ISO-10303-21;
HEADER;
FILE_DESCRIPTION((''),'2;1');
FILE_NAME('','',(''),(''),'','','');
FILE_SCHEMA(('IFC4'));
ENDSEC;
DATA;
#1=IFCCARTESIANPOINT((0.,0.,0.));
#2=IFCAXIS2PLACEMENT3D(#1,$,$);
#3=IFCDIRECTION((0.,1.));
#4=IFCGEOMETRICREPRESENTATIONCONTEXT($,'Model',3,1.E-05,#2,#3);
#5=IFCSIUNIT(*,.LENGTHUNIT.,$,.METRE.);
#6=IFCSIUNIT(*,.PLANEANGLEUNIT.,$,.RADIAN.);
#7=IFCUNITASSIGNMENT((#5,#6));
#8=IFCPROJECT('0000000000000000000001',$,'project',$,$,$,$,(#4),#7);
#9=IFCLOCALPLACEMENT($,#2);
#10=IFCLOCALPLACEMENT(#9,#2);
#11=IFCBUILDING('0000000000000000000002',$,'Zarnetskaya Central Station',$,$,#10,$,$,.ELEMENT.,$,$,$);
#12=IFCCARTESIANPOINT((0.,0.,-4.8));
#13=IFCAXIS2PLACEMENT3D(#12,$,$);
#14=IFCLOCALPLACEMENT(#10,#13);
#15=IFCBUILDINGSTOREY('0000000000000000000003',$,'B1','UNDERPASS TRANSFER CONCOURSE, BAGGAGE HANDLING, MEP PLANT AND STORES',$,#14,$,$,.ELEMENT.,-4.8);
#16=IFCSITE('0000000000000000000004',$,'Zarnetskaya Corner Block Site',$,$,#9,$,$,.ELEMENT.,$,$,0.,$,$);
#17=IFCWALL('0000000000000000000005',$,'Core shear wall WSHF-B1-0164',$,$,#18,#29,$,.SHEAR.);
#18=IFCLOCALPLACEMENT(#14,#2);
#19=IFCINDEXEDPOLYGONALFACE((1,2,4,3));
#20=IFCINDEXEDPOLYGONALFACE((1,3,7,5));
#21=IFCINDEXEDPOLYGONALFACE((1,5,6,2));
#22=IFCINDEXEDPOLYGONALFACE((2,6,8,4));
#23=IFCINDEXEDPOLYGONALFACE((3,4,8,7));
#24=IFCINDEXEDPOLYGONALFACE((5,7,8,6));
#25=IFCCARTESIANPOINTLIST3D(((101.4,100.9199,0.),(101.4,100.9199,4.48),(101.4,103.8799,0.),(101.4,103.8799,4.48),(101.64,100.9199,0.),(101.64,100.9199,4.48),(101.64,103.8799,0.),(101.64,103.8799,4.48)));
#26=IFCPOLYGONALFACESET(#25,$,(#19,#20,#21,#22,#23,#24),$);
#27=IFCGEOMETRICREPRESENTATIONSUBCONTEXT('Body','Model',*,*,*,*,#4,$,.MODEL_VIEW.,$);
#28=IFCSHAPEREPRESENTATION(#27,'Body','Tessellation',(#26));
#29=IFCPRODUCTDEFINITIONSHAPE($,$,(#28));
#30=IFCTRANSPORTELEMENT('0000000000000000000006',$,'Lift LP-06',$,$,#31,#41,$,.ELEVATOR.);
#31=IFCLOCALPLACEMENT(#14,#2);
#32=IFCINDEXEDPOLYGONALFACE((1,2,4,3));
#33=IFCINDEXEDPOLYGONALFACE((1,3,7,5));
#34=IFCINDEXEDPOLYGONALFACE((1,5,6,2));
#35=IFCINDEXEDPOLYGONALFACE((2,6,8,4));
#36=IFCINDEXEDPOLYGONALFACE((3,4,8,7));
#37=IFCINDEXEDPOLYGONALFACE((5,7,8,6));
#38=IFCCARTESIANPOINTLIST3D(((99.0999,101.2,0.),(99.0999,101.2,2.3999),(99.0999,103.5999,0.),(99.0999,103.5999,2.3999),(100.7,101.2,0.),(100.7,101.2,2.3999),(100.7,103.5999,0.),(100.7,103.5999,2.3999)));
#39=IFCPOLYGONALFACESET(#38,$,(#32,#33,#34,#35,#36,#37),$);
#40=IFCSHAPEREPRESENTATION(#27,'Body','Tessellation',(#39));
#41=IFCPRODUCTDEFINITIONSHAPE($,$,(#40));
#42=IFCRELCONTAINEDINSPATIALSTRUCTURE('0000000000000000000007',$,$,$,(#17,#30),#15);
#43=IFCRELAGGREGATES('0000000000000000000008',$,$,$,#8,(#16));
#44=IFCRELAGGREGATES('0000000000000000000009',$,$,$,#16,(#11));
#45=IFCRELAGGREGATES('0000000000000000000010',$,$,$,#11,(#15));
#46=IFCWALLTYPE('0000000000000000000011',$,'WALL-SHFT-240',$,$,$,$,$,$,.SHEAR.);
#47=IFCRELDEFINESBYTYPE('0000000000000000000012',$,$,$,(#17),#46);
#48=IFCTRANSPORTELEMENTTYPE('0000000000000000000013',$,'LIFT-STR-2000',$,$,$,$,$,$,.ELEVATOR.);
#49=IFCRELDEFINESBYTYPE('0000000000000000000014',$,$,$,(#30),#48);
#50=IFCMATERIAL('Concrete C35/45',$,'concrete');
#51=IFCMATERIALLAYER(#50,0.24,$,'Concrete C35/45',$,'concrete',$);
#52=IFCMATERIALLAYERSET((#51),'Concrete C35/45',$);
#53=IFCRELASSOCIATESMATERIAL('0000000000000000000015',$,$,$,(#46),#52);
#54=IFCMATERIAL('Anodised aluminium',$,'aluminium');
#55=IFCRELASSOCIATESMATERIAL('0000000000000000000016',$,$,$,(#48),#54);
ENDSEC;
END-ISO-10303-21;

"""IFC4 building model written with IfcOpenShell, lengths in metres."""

from ifc_helpers import new_model, si_unit, direction, frame, frame_2d, origin, origin_2d, place, context, subcontext, project, spatial, rectangle, extrude, material, layer, layer_set, type_object, element, save


model = new_model("IFC4")

# Units and contexts
model_context = context("Model", 3, precision=1e-05, world=origin(), true_north=direction((0.0, 1.0)))
body_context = subcontext(model_context, "Body", "Model", "MODEL_VIEW")
ifc_project = project(units=[si_unit("LENGTHUNIT", "METRE"), si_unit("PLANEANGLEUNIT", "RADIAN")], contexts=[model_context])

# Site, building, storey
site_placement = place(None, origin())
site = spatial("IfcSite", under=ifc_project, at=site_placement, Name="Zarnetskaya Corner Block Site", CompositionType="ELEMENT", RefElevation=0.0)
building_placement = place(site_placement, origin())
building = spatial("IfcBuilding", under=site, at=building_placement, Name="Zarnetskaya Central Station", CompositionType="ELEMENT")
storey_placement = place(building_placement, frame((0.0, 0.0, -4.8)))
storey = spatial("IfcBuildingStorey", under=building, at=storey_placement, Name="B1", Description="UNDERPASS TRANSFER CONCOURSE, BAGGAGE HANDLING, MEP PLANT AND STORES", CompositionType="ELEMENT", Elevation=-4.8)

# Shared definitions
ifc_material_1 = material(Name="Concrete C35/45", Category="concrete")

# Shared definitions
ifc_layer = layer(ifc_material_1, 0.24, Name="Concrete C35/45", Category="concrete")
ifc_layer_set = layer_set([ifc_layer], Name="Concrete C35/45")
wall_type = type_object("IfcWallType", Name="WALL-SHFT-240", PredefinedType="SHEAR", material=ifc_layer_set)

# Shared definitions
ifc_material_2 = material(Name="Anodised aluminium", Category="aluminium")

# Wall
wall_1_placement = place(storey_placement, frame((101.52, 103.8799, 0.0), z_axis=(0.0, 0.0, 1.0), x_axis=(0.0, -1.0, 0.0)))
element("IfcWall", 1, at=wall_1_placement, inside=storey, type_object=wall_type, Name="Core shear wall WSHF-B1-0164", PredefinedType="SHEAR", context=body_context, shape_type="SweptSolid", body=[
    extrude(rectangle(XDim=2.96, YDim=0.24, at=frame_2d((1.48, 0.0))), origin(), (0.0, 0.0, 1.0), 4.48),
])

# Transport element
transport_element_type = type_object("IfcTransportElementType", Name="LIFT-STR-2000", PredefinedType="ELEVATOR", material=ifc_material_2)
transport_element_placement = place(storey_placement, frame((99.8999, 102.3999, 0.0), z_axis=(0.0, 0.0, 1.0), x_axis=(1.0, 0.0, 0.0)))
element("IfcTransportElement", 2, at=transport_element_placement, inside=storey, type_object=transport_element_type, Name="Lift LP-06", PredefinedType="ELEVATOR", context=body_context, shape_type="SweptSolid", body=[
    extrude(rectangle(XDim=1.6001, YDim=2.3999, at=origin_2d()), origin(), (0.0, 0.0, 1.0), 2.3999),
])

save(model, "model.ifc")
